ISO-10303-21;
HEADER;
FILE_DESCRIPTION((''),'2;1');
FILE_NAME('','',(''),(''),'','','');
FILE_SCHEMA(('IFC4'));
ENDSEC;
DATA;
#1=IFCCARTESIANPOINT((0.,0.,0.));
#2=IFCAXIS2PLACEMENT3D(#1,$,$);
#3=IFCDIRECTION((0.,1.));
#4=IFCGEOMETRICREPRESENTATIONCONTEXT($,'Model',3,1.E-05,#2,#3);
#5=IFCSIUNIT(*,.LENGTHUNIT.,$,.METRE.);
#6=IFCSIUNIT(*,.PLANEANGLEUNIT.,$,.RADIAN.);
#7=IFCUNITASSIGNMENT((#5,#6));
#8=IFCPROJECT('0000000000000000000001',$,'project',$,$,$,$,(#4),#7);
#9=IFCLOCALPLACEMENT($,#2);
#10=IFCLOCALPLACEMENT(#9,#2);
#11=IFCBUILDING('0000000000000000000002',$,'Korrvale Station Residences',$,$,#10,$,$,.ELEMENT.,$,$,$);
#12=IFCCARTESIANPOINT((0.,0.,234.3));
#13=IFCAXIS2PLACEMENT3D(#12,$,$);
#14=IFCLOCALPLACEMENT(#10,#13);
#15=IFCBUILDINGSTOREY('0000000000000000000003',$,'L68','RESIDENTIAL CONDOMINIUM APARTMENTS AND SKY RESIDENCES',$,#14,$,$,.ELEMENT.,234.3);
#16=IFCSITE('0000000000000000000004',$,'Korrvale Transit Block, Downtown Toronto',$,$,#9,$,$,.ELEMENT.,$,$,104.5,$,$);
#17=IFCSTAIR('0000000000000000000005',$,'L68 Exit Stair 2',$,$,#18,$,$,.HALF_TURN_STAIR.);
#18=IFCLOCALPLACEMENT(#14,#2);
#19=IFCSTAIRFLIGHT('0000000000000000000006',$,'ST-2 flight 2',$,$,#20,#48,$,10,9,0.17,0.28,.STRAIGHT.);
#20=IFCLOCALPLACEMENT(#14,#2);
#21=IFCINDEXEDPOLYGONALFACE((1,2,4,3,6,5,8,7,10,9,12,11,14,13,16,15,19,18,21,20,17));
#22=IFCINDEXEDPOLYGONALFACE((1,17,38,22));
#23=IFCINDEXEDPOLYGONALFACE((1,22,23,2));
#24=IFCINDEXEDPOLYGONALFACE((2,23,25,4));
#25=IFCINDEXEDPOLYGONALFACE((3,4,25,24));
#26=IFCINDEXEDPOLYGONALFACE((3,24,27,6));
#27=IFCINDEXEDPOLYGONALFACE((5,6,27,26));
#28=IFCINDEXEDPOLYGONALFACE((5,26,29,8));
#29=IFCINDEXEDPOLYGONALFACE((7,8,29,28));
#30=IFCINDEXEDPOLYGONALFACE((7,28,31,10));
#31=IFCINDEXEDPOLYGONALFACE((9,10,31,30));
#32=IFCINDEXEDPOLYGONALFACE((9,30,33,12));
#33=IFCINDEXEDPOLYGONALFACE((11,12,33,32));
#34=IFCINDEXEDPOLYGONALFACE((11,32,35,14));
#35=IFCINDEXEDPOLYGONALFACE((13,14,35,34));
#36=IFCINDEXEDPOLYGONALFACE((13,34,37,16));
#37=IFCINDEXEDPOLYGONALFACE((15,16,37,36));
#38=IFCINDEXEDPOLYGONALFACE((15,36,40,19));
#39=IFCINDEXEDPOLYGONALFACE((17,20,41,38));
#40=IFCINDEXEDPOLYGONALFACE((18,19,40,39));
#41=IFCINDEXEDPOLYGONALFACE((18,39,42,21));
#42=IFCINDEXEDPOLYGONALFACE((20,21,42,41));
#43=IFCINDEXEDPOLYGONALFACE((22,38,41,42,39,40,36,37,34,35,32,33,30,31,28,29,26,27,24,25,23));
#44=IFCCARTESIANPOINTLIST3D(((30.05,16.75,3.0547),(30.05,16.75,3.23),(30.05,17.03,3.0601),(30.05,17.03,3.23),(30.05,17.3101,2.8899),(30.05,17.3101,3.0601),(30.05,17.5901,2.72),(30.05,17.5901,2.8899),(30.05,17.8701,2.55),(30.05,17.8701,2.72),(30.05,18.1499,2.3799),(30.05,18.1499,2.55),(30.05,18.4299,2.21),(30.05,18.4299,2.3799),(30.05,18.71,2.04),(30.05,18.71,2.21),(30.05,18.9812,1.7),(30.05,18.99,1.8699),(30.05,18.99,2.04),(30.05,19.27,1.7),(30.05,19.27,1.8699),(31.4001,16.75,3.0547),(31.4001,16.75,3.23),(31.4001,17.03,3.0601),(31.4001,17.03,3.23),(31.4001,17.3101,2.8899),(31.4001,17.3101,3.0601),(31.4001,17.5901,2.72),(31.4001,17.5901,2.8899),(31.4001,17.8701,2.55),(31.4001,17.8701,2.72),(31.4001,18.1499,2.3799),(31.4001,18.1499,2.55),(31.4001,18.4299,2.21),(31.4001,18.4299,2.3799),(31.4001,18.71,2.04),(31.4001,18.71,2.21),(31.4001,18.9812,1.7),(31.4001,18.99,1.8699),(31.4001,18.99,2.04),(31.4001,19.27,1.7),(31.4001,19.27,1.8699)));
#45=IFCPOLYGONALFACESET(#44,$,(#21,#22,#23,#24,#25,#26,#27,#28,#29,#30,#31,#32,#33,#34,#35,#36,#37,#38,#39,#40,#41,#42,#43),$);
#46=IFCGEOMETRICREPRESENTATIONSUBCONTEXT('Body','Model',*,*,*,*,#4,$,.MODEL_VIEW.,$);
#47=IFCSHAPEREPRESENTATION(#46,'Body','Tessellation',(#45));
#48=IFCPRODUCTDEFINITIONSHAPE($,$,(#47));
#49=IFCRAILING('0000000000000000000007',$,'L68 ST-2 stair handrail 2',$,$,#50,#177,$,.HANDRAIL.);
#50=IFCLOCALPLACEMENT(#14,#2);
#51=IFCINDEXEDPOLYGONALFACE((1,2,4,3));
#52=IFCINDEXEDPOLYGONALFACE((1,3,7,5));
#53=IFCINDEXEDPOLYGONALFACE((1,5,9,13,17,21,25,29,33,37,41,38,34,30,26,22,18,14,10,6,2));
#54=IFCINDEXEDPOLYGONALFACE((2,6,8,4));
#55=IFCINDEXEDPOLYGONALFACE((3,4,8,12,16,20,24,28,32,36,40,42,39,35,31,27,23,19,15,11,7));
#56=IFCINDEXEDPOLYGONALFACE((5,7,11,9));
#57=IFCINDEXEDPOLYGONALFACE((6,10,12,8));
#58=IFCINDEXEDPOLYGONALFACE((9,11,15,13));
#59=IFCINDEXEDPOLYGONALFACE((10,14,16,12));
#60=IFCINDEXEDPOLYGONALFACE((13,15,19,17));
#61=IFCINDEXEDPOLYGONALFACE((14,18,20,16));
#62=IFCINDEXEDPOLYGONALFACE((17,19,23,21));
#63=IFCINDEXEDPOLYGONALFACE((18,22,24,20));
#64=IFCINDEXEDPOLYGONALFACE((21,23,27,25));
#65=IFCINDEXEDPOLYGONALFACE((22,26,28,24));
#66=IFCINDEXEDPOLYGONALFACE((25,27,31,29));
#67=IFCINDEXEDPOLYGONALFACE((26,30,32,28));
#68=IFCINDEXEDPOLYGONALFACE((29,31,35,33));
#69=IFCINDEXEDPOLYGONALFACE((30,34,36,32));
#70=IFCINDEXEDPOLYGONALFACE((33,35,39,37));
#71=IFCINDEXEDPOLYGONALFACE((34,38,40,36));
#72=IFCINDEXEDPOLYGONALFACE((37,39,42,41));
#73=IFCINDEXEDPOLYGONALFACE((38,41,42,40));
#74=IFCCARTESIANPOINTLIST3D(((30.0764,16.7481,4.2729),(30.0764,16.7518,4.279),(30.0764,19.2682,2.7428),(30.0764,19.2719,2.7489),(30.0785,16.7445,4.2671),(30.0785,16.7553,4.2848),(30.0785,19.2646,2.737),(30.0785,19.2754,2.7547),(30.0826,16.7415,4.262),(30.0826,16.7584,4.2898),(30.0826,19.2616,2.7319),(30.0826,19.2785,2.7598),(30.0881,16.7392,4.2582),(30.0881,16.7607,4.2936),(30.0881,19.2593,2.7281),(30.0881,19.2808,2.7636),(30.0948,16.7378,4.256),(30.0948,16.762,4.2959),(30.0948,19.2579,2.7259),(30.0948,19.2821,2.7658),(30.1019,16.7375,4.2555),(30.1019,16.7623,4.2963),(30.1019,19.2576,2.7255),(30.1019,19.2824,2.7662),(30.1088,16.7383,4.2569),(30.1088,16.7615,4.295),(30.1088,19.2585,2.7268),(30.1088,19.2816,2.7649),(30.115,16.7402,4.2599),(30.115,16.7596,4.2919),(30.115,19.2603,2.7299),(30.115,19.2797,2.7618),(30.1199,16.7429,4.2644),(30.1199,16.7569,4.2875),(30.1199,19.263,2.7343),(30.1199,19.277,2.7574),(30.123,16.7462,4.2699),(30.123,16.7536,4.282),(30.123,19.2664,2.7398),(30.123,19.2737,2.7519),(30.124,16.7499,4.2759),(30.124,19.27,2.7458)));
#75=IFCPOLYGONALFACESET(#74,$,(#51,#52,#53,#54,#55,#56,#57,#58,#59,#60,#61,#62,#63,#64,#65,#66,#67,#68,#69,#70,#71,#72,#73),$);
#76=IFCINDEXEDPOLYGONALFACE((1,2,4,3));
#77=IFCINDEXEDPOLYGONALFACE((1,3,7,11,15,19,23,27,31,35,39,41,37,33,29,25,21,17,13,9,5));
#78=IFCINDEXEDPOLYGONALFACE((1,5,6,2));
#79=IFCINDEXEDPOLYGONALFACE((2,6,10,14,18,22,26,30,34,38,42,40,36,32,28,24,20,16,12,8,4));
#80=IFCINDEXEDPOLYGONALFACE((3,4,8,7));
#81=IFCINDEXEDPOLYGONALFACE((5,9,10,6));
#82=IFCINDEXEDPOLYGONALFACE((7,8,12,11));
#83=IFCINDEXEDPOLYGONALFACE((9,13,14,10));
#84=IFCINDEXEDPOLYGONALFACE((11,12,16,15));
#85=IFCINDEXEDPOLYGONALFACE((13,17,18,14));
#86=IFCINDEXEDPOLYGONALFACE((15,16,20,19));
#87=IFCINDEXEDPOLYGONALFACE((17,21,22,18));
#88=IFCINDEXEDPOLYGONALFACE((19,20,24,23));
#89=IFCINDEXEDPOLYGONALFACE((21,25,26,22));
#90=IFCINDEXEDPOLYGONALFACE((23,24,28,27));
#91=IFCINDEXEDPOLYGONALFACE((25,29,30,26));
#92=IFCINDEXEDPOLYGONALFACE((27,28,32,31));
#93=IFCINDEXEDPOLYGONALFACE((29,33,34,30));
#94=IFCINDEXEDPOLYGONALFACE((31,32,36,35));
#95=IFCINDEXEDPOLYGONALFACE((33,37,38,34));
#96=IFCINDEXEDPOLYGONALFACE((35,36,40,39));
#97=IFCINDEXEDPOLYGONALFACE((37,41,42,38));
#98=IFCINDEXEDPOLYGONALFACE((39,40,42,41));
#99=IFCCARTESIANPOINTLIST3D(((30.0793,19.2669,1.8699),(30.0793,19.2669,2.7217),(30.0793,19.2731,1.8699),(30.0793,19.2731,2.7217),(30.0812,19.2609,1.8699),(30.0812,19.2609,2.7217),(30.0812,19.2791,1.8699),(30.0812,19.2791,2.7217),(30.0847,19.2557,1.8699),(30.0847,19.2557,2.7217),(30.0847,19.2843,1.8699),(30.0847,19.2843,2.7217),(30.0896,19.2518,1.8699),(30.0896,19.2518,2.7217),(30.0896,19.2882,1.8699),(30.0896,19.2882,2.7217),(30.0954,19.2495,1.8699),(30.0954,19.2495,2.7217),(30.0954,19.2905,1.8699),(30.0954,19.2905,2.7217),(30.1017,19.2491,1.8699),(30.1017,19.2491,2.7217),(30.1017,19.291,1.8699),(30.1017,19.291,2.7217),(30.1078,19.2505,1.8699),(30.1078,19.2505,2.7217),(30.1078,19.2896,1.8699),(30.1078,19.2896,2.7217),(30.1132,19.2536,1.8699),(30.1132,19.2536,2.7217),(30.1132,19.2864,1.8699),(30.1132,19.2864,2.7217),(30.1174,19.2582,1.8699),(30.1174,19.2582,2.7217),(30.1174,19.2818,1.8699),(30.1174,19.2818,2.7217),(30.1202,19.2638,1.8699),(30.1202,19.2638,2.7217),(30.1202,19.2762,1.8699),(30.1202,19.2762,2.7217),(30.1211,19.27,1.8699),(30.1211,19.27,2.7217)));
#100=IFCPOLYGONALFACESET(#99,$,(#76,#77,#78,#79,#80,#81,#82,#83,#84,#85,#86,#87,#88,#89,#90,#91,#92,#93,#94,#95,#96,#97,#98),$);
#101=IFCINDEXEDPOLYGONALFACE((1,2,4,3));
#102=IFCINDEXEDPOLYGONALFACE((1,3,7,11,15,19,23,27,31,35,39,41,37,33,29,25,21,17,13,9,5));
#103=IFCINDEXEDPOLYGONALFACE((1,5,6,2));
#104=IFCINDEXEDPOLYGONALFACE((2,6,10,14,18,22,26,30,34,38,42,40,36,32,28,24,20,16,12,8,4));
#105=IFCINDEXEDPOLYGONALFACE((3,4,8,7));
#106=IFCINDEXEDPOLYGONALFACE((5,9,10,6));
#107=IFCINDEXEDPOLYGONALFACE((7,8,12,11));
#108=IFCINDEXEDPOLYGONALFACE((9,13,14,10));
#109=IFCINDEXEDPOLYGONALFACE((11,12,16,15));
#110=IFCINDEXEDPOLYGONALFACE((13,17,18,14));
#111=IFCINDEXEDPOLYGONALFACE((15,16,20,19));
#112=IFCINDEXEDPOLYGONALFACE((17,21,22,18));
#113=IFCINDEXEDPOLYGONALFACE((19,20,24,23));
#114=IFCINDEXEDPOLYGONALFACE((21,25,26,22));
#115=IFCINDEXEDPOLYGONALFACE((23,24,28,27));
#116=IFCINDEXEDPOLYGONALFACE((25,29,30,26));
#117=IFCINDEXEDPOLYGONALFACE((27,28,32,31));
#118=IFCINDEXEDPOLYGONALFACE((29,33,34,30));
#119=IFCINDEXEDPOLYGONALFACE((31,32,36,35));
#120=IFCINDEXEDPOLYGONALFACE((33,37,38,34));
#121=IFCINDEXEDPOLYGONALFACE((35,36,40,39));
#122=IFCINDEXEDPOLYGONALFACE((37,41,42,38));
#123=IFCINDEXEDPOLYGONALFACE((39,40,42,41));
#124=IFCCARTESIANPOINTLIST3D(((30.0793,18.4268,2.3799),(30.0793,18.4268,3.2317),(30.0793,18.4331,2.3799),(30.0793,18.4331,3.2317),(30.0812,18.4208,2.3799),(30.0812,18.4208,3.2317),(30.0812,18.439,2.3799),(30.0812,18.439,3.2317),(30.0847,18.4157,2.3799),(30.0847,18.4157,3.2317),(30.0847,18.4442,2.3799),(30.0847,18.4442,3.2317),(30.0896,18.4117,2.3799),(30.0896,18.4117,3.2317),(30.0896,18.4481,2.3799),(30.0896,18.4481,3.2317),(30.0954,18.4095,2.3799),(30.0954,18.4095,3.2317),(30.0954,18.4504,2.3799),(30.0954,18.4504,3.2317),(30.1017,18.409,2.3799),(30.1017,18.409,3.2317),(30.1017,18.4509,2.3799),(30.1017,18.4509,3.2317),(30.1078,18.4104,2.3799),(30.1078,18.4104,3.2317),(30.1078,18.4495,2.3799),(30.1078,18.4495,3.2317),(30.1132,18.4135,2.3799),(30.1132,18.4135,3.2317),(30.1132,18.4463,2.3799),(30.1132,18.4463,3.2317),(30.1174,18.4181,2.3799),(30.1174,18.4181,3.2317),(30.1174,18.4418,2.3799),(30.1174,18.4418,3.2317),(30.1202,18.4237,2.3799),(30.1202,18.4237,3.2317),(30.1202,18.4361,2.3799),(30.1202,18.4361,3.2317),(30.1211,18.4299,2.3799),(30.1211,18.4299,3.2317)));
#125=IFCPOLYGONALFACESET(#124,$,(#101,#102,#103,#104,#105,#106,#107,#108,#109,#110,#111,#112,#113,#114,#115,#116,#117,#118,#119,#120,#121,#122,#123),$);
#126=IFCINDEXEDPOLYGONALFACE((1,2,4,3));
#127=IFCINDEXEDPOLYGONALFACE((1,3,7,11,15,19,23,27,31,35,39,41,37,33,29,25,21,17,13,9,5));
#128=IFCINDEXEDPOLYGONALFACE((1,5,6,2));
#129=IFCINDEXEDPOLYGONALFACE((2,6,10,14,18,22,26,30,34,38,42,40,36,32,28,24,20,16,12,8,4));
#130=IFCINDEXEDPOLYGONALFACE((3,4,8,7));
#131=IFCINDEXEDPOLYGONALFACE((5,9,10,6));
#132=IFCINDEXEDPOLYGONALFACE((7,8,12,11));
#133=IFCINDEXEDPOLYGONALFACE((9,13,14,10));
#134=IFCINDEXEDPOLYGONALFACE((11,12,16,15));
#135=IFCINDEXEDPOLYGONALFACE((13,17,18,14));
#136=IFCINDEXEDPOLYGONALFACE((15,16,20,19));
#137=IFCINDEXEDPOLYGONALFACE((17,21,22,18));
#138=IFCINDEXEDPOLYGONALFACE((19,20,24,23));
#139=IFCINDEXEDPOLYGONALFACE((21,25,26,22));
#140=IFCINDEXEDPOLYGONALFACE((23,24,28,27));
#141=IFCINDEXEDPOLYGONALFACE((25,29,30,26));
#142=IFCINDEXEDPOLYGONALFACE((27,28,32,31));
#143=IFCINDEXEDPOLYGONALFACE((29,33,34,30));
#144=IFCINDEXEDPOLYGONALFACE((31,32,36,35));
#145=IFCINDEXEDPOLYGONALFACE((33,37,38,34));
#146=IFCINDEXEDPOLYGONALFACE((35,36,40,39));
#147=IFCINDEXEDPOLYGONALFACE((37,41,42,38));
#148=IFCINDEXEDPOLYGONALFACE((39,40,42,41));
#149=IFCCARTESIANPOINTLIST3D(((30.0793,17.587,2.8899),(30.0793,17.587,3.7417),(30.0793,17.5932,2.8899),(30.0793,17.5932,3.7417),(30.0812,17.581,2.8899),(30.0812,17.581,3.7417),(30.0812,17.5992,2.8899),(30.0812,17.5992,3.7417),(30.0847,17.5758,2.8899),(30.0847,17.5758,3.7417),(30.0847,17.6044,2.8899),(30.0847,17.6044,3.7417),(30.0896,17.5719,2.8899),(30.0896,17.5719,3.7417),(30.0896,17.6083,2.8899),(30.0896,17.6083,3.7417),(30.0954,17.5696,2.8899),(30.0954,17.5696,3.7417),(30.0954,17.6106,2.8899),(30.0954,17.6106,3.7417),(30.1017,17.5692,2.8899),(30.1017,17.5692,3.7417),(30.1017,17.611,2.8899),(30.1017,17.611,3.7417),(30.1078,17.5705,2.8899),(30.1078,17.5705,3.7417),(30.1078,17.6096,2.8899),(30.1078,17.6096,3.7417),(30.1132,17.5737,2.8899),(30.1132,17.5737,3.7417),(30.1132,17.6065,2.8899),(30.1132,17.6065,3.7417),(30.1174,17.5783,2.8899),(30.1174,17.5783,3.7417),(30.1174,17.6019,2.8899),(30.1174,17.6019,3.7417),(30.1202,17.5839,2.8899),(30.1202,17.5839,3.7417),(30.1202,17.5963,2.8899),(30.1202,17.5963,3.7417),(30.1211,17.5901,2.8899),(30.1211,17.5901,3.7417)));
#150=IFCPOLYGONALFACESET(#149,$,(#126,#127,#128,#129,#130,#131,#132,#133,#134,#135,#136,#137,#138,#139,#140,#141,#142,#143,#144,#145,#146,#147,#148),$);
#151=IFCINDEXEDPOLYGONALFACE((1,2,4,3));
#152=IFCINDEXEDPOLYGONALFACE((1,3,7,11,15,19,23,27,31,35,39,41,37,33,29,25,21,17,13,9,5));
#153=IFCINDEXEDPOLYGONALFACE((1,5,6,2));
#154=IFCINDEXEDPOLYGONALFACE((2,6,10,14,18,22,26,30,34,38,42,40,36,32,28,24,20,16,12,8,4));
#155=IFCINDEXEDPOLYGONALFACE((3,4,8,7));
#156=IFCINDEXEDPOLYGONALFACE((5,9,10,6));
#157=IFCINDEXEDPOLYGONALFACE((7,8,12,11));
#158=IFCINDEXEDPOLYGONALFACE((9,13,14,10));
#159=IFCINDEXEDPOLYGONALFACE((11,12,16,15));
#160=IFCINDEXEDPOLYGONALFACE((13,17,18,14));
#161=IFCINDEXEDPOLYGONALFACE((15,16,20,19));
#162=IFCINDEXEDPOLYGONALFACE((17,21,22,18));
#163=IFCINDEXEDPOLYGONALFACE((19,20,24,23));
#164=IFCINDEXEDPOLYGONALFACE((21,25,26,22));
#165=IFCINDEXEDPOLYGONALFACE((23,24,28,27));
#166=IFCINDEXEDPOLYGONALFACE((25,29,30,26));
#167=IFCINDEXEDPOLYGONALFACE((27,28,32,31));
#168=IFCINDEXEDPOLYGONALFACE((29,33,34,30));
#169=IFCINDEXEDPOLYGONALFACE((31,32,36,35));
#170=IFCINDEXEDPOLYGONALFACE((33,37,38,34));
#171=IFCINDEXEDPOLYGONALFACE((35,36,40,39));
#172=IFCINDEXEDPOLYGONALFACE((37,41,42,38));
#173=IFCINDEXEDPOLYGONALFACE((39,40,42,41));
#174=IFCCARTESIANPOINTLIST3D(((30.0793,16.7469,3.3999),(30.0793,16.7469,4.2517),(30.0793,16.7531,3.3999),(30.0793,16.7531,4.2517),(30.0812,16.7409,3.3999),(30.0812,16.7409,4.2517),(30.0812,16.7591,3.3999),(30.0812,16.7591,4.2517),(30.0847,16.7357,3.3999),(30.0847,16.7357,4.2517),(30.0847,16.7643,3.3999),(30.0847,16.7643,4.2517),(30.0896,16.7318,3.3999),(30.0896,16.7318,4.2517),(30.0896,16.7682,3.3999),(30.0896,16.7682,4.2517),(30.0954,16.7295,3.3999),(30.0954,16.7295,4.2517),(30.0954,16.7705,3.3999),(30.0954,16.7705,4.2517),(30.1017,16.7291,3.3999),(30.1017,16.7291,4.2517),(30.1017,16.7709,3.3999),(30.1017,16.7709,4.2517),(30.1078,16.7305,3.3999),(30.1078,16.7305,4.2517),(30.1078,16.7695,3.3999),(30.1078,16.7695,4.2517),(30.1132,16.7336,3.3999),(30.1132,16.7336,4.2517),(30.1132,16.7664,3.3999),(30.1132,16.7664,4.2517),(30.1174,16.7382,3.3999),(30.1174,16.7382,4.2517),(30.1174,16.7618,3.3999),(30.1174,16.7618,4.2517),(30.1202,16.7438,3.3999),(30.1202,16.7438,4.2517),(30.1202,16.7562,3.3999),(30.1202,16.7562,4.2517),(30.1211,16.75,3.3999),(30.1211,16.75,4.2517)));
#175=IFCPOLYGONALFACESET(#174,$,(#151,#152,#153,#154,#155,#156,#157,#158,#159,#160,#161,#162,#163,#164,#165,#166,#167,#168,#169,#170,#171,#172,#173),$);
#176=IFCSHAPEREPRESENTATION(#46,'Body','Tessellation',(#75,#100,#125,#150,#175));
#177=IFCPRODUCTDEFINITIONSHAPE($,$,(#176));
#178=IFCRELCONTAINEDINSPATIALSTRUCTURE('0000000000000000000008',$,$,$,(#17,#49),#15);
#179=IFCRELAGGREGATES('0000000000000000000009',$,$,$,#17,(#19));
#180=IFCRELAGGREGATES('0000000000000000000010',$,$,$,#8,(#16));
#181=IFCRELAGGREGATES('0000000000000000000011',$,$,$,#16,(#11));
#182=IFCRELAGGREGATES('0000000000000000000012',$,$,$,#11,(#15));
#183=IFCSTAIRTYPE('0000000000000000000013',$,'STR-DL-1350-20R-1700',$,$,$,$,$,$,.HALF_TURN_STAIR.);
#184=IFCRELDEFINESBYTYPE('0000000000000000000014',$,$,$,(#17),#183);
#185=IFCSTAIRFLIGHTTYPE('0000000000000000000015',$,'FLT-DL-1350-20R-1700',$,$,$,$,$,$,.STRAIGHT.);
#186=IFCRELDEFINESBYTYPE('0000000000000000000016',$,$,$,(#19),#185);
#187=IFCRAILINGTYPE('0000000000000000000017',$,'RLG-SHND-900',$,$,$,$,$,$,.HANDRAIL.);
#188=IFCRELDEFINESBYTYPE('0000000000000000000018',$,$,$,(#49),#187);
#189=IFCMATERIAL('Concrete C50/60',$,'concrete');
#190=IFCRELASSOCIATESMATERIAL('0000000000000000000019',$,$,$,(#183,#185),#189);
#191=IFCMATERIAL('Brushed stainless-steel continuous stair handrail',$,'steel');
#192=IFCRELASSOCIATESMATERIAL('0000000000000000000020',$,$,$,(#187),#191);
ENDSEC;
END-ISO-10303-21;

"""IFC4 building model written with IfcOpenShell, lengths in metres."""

from ifc_helpers import new_model, si_unit, direction, frame, origin, origin_2d, place, context, subcontext, project, spatial, polyline, circle, outline, extrude, material, type_object, element, aggregate, save


model = new_model("IFC4")

# Units and contexts
model_context = context("Model", 3, precision=1e-05, world=origin(), true_north=direction((0.0, 1.0)))
body_context = subcontext(model_context, "Body", "Model", "MODEL_VIEW")
ifc_project = project(units=[si_unit("LENGTHUNIT", "METRE"), si_unit("PLANEANGLEUNIT", "RADIAN")], contexts=[model_context])

# Site, building, storey
site_placement = place(None, origin())
site = spatial("IfcSite", under=ifc_project, at=site_placement, Name="Korrvale Transit Block, Downtown Toronto", CompositionType="ELEMENT", RefElevation=104.5)
building_placement = place(site_placement, origin())
building = spatial("IfcBuilding", under=site, at=building_placement, Name="Korrvale Station Residences", CompositionType="ELEMENT")
storey_placement = place(building_placement, frame((0.0, 0.0, 234.3)))
storey = spatial("IfcBuildingStorey", under=building, at=storey_placement, Name="L68", Description="RESIDENTIAL CONDOMINIUM APARTMENTS AND SKY RESIDENCES", CompositionType="ELEMENT", Elevation=234.3)

# Shared definitions
ifc_material_1 = material(Name="Concrete C50/60", Category="concrete")

# Stair, stair flight
stair_type = type_object("IfcStairType", Name="STR-DL-1350-20R-1700", PredefinedType="HALF_TURN_STAIR", material=ifc_material_1)
stair_placement = place(storey_placement, origin())
stair = element("IfcStair", 1, at=stair_placement, inside=storey, type_object=stair_type, Name="L68 Exit Stair 2", PredefinedType="HALF_TURN_STAIR")
stair_flight_type = type_object("IfcStairFlightType", Name="FLT-DL-1350-20R-1700", PredefinedType="STRAIGHT", material=ifc_material_1)
stair_flight_placement = place(storey_placement, frame((30.7251, 19.27, 1.7), z_axis=(0.0, 0.0, 1.0), x_axis=(0.0, -1.0, 0.0)))
stair_flight = element("IfcStairFlight", 2, at=stair_flight_placement, type_object=stair_flight_type, Name="ST-2 flight 2", NumberOfRisers=10, NumberOfTreads=9, PredefinedType="STRAIGHT", RiserHeight=0.17, TreadLength=0.28, context=body_context, shape_type="SweptSolid", body=[
    extrude(outline(polyline([(0.0, 0.0), (0.0, 0.1699), (0.28, 0.1699), (0.28, 0.3401), (0.5601, 0.3401), (0.5601, 0.51), (0.8401, 0.51), (0.8401, 0.6799), (1.1201, 0.6799), (1.1201, 0.8501), (1.3999, 0.8501), (1.3999, 1.02), (1.6799, 1.02), (1.6799, 1.1899), (1.96, 1.1899), (1.96, 1.3601), (2.24, 1.3601), (2.24, 1.53), (2.52, 1.53), (2.52, 1.7), (2.52, 1.3547), (0.2888, 0.0), (0.0, 0.0)])), frame((0.0, 0.675, 0.0), z_axis=(0.0, -1.0, 0.0), x_axis=(1.0, 0.0, 0.0)), (0.0, 0.0, 1.0), 1.3501),
])
aggregate(stair, [stair_flight])

# Railing
ifc_material_2 = material(Name="Brushed stainless-steel continuous stair handrail", Category="steel")
railing_type_1 = type_object("IfcRailingType", Name="RLG-SHND-900", PredefinedType="HANDRAIL", material=ifc_material_2)
railing_1_placement = place(storey_placement, frame((30.1001, 19.27, 1.8699)))
element("IfcRailing", 3, at=railing_1_placement, inside=storey, type_object=railing_type_1, Name="L68 ST-2 stair handrail 2", PredefinedType="HANDRAIL", context=body_context, shape_type="SweptSolid", body=[
    extrude(circle(Radius=0.0239, at=origin_2d()), frame((0.0, 0.0, 0.876), z_axis=(0.0, -0.854785, 0.518982), x_axis=(1.0, 0.0, 0.0)), (0.0, 0.0, 1.0), 2.9482),
    extrude(circle(Radius=0.021, at=origin_2d()), origin(), (0.0, 0.0, 1.0), 0.8518),
    extrude(circle(Radius=0.021, at=origin_2d()), frame((0.0, -0.8401, 0.51)), (0.0, 0.0, 1.0), 0.8518),
    extrude(circle(Radius=0.021, at=origin_2d()), frame((0.0, -1.6799, 1.02)), (0.0, 0.0, 1.0), 0.8518),
    extrude(circle(Radius=0.021, at=origin_2d()), frame((0.0, -2.52, 1.53)), (0.0, 0.0, 1.0), 0.8518),
])

save(model, "model.ifc")
